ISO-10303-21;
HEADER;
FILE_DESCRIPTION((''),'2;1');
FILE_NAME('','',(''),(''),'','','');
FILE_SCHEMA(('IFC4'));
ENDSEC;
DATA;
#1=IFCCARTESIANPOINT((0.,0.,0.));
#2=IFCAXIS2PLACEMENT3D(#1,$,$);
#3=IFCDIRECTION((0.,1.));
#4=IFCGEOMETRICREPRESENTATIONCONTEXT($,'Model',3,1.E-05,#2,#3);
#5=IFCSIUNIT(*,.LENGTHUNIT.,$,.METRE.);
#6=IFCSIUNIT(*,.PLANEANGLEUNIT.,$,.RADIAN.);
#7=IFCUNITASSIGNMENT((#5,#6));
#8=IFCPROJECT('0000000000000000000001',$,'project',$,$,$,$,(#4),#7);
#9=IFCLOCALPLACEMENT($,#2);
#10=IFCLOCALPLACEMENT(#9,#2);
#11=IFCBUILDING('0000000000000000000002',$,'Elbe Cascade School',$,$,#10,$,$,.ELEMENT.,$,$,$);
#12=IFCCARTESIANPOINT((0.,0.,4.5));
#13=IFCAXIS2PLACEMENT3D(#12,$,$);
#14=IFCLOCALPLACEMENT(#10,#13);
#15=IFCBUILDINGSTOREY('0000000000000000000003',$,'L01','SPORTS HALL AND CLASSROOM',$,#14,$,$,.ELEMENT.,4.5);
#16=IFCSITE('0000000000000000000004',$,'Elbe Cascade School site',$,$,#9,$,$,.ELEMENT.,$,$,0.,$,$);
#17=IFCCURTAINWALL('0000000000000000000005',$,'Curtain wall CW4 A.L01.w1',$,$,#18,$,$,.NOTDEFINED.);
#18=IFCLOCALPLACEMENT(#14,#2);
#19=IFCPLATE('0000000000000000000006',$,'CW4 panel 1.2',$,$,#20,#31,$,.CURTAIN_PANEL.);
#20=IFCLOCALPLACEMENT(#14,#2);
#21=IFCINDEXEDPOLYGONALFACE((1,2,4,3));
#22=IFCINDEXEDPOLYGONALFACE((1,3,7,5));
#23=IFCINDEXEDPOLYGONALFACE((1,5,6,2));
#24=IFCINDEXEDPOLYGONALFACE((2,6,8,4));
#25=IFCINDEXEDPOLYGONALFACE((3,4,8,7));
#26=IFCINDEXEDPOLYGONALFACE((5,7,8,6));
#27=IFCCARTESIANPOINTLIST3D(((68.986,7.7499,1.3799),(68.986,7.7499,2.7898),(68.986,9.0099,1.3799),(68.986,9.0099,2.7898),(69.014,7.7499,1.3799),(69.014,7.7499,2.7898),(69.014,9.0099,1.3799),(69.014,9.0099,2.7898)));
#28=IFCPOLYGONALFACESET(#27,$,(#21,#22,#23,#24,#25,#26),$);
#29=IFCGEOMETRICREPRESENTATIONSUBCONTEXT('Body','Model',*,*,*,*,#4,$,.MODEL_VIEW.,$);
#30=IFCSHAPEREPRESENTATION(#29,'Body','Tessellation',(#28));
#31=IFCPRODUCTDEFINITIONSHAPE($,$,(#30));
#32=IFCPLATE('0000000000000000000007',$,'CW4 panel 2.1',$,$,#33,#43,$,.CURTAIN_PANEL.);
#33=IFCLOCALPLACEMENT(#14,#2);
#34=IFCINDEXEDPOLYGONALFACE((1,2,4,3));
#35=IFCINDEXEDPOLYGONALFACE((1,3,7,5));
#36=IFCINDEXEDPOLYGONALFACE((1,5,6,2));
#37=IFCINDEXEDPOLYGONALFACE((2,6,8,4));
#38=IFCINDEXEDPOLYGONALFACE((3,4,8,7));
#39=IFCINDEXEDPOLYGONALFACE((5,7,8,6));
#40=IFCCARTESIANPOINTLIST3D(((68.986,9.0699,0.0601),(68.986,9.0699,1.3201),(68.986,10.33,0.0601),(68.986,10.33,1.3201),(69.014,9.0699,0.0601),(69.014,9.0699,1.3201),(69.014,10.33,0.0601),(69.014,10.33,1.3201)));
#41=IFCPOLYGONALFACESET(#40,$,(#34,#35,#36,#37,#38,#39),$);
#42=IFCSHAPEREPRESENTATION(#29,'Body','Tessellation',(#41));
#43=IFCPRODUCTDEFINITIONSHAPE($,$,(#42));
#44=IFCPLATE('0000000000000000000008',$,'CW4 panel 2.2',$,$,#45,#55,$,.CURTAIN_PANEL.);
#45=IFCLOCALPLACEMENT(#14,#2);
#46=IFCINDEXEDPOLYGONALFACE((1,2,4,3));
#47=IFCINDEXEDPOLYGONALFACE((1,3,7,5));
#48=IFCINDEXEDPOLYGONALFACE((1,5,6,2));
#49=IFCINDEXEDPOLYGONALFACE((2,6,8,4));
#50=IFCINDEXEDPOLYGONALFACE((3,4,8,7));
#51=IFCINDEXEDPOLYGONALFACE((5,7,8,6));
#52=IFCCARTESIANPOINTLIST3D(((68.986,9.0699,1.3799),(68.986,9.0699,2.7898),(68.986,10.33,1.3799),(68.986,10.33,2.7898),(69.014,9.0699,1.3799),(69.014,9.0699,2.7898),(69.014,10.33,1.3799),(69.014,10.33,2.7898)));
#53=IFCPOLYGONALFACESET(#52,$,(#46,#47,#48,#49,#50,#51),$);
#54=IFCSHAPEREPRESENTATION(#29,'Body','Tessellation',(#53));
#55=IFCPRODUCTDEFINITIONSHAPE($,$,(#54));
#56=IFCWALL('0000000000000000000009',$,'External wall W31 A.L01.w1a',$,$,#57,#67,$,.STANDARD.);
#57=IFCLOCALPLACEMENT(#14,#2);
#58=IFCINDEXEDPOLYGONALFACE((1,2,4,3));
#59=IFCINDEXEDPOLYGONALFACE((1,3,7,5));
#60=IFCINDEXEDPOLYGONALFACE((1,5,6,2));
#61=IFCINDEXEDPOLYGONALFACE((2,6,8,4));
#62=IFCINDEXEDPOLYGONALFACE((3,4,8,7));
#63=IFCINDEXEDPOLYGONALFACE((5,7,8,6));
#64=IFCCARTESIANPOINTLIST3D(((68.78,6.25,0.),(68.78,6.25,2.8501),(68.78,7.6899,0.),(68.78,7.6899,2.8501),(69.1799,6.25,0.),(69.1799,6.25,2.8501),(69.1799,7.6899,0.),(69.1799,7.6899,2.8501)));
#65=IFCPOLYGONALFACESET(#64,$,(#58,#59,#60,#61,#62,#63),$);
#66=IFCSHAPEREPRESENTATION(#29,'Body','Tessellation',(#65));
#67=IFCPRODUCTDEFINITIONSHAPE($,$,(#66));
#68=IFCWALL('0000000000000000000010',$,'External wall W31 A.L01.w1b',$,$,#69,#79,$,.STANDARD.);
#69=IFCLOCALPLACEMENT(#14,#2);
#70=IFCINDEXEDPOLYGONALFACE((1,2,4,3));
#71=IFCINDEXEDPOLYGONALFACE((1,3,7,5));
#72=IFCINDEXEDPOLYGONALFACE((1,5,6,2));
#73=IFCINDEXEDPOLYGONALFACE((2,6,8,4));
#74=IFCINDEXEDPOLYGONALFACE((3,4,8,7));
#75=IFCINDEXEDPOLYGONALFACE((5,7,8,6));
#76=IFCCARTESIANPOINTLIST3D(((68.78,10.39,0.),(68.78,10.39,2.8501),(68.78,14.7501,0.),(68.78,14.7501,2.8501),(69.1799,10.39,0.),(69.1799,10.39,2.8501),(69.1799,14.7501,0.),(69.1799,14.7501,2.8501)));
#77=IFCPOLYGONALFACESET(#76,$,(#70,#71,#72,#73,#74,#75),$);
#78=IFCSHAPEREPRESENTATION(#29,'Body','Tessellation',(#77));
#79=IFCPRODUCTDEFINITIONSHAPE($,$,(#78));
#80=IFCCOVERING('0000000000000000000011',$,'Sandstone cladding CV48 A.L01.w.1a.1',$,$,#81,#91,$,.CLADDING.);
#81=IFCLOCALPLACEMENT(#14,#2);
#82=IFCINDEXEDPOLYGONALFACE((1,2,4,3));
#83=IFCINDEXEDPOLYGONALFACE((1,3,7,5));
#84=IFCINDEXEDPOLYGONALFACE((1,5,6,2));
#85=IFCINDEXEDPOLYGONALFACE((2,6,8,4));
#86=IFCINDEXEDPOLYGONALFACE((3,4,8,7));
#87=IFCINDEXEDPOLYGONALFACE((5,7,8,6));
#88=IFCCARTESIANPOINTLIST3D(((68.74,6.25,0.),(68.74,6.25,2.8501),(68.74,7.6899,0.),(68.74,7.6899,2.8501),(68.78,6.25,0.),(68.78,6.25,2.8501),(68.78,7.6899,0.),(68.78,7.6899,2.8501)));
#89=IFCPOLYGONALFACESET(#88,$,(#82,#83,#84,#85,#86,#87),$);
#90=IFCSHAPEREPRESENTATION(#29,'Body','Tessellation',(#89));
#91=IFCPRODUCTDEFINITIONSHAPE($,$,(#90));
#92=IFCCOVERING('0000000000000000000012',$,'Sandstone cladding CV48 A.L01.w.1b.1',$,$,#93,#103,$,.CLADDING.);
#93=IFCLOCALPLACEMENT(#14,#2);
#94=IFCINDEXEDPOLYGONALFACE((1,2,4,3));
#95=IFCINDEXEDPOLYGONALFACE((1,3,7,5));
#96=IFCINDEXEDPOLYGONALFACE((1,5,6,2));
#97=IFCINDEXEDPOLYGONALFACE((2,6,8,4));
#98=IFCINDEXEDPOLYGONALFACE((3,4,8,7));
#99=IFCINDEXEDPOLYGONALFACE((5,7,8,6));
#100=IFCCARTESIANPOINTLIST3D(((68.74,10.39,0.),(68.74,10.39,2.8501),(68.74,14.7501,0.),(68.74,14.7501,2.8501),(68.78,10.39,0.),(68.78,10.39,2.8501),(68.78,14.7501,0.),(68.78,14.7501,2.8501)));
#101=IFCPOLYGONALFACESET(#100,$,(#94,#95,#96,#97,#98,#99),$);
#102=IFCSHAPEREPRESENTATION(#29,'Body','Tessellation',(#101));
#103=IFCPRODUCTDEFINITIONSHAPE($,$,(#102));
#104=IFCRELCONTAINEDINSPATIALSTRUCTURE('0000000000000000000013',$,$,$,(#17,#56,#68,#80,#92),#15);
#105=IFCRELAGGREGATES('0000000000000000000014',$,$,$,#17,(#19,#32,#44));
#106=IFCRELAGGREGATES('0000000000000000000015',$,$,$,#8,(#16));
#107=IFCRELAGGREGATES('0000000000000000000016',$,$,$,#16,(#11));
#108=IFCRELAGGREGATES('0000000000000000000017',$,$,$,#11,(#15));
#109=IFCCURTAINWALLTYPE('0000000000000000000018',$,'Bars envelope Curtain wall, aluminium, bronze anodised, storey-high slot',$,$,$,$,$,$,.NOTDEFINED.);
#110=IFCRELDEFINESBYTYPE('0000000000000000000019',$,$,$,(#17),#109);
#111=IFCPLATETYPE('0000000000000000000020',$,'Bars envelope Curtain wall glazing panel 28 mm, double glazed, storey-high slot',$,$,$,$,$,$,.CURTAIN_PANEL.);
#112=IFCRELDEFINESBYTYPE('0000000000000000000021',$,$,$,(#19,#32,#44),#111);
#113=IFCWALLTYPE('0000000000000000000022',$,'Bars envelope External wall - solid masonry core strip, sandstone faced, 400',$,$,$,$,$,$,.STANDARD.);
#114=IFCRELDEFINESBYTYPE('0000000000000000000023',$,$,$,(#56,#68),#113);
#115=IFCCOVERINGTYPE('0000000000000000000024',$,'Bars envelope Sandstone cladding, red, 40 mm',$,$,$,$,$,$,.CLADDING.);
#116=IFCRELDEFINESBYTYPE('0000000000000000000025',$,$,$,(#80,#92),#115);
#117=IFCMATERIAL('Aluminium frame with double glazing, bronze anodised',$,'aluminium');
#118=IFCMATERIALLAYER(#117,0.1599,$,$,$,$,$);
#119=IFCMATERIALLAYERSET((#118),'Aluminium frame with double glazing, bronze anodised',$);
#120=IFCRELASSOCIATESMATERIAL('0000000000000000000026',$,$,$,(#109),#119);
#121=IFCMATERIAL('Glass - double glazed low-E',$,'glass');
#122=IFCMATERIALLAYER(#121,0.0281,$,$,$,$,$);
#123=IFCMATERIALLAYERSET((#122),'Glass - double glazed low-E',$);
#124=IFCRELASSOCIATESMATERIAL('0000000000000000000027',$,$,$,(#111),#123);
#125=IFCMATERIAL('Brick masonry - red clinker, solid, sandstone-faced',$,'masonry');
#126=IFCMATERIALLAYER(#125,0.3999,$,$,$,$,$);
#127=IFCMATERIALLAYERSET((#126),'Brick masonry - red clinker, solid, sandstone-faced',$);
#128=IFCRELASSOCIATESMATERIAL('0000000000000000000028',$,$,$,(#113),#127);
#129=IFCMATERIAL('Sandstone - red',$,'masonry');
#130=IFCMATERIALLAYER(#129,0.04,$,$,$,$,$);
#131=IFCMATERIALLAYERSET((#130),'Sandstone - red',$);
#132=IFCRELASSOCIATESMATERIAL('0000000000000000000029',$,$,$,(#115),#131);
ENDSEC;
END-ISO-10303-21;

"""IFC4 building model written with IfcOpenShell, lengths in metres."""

from ifc_helpers import new_model, si_unit, direction, frame, frame_2d, origin, origin_2d, place, context, subcontext, project, spatial, rectangle, extrude, material, layer, layer_set, type_object, element, aggregate, save


model = new_model("IFC4")

# Units and contexts
model_context = context("Model", 3, precision=1e-05, world=origin(), true_north=direction((0.0, 1.0)))
body_context = subcontext(model_context, "Body", "Model", "MODEL_VIEW")
ifc_project = project(units=[si_unit("LENGTHUNIT", "METRE"), si_unit("PLANEANGLEUNIT", "RADIAN")], contexts=[model_context])

# Site, building, storey
site_placement = place(None, origin())
site = spatial("IfcSite", under=ifc_project, at=site_placement, Name="Elbe Cascade School site", CompositionType="ELEMENT", RefElevation=0.0)
building_placement = place(site_placement, origin())
building = spatial("IfcBuilding", under=site, at=building_placement, Name="Elbe Cascade School", CompositionType="ELEMENT")
storey_placement = place(building_placement, frame((0.0, 0.0, 4.5)))
storey = spatial("IfcBuildingStorey", under=building, at=storey_placement, Name="L01", Description="SPORTS HALL AND CLASSROOM", CompositionType="ELEMENT", Elevation=4.5)

# Curtain wall
ifc_material_1 = material(Name="Aluminium frame with double glazing, bronze anodised", Category="aluminium")
ifc_layer_1 = layer(ifc_material_1, 0.1599)
ifc_layer_set_1 = layer_set([ifc_layer_1], Name="Aluminium frame with double glazing, bronze anodised")
curtain_wall_type = type_object("IfcCurtainWallType", Name="Bars envelope Curtain wall, aluminium, bronze anodised, storey-high slot", PredefinedType="NOTDEFINED", material=ifc_layer_set_1)
curtain_wall_placement = place(storey_placement, origin())
curtain_wall = element("IfcCurtainWall", 1, at=curtain_wall_placement, inside=storey, type_object=curtain_wall_type, Name="Curtain wall CW4 A.L01.w1", PredefinedType="NOTDEFINED")

# Plates
ifc_material_2 = material(Name="Glass - double glazed low-E", Category="glass")
ifc_layer_2 = layer(ifc_material_2, 0.0281)
ifc_layer_set_2 = layer_set([ifc_layer_2], Name="Glass - double glazed low-E")
plate_type = type_object("IfcPlateType", Name="Bars envelope Curtain wall glazing panel 28 mm, double glazed, storey-high slot", PredefinedType="CURTAIN_PANEL", material=ifc_layer_set_2)
plate_1_placement = place(storey_placement, frame((69.0, 8.3799, 1.3799), z_axis=(0.0, 0.0, 1.0), x_axis=(0.0, 1.0, 0.0)))
plate_1 = element("IfcPlate", 2, at=plate_1_placement, type_object=plate_type, Name="CW4 panel 1.2", PredefinedType="CURTAIN_PANEL", context=body_context, shape_type="SweptSolid", body=[
    extrude(rectangle(XDim=1.26, YDim=0.0281, at=origin_2d()), origin(), (0.0, 0.0, 1.0), 1.4099),
])
plate_2_placement = place(storey_placement, frame((69.0, 9.7, 0.0601), z_axis=(0.0, 0.0, 1.0), x_axis=(0.0, 1.0, 0.0)))
plate_2 = element("IfcPlate", 3, at=plate_2_placement, type_object=plate_type, Name="CW4 panel 2.1", PredefinedType="CURTAIN_PANEL", context=body_context, shape_type="SweptSolid", body=[
    extrude(rectangle(XDim=1.26, YDim=0.0281, at=origin_2d()), origin(), (0.0, 0.0, 1.0), 1.26),
])
plate_3_placement = place(storey_placement, frame((69.0, 9.7, 1.3799), z_axis=(0.0, 0.0, 1.0), x_axis=(0.0, 1.0, 0.0)))
plate_3 = element("IfcPlate", 4, at=plate_3_placement, type_object=plate_type, Name="CW4 panel 2.2", PredefinedType="CURTAIN_PANEL", context=body_context, shape_type="SweptSolid", body=[
    extrude(rectangle(XDim=1.26, YDim=0.0281, at=origin_2d()), origin(), (0.0, 0.0, 1.0), 1.4099),
])
aggregate(curtain_wall, [plate_1, plate_2, plate_3])

# Walls
ifc_material_3 = material(Name="Brick masonry - red clinker, solid, sandstone-faced", Category="masonry")
ifc_layer_3 = layer(ifc_material_3, 0.3999)
ifc_layer_set_3 = layer_set([ifc_layer_3], Name="Brick masonry - red clinker, solid, sandstone-faced")
wall_type = type_object("IfcWallType", Name="Bars envelope External wall - solid masonry core strip, sandstone faced, 400", PredefinedType="STANDARD", material=ifc_layer_set_3)
wall_1_placement = place(storey_placement, frame((68.98, 6.25, 0.0), z_axis=(0.0, 0.0, 1.0), x_axis=(0.0, 1.0, 0.0)))
element("IfcWall", 5, at=wall_1_placement, inside=storey, type_object=wall_type, Name="External wall W31 A.L01.w1a", PredefinedType="STANDARD", context=body_context, shape_type="SweptSolid", body=[
    extrude(rectangle(XDim=1.4399, YDim=0.3999, at=frame_2d((0.72, 0.0))), origin(), (0.0, 0.0, 1.0), 2.8501),
])
wall_2_placement = place(storey_placement, frame((68.98, 10.3899, 0.0), z_axis=(0.0, 0.0, 1.0), x_axis=(0.0, 1.0, 0.0)))
element("IfcWall", 6, at=wall_2_placement, inside=storey, type_object=wall_type, Name="External wall W31 A.L01.w1b", PredefinedType="STANDARD", context=body_context, shape_type="SweptSolid", body=[
    extrude(rectangle(XDim=4.3601, YDim=0.3999, at=frame_2d((2.1802, 0.0))), origin(), (0.0, 0.0, 1.0), 2.8501),
])

# Coverings
ifc_material_4 = material(Name="Sandstone - red", Category="masonry")
ifc_layer_4 = layer(ifc_material_4, 0.04)
ifc_layer_set_4 = layer_set([ifc_layer_4], Name="Sandstone - red")
covering_type = type_object("IfcCoveringType", Name="Bars envelope Sandstone cladding, red, 40 mm", PredefinedType="CLADDING", material=ifc_layer_set_4)
covering_1_placement = place(storey_placement, frame((68.76, 6.97, 0.0), z_axis=(0.0, 0.0, 1.0), x_axis=(0.0, 1.0, 0.0)))
element("IfcCovering", 7, at=covering_1_placement, inside=storey, type_object=covering_type, Name="Sandstone cladding CV48 A.L01.w.1a.1", PredefinedType="CLADDING", context=body_context, shape_type="SweptSolid", body=[
    extrude(rectangle(XDim=1.4399, YDim=0.04, at=origin_2d()), origin(), (0.0, 0.0, 1.0), 2.8501),
])
covering_2_placement = place(storey_placement, frame((68.76, 12.5701, 0.0), z_axis=(0.0, 0.0, 1.0), x_axis=(0.0, 1.0, 0.0)))
element("IfcCovering", 8, at=covering_2_placement, inside=storey, type_object=covering_type, Name="Sandstone cladding CV48 A.L01.w.1b.1", PredefinedType="CLADDING", context=body_context, shape_type="SweptSolid", body=[
    extrude(rectangle(XDim=4.3601, YDim=0.04, at=origin_2d()), origin(), (0.0, 0.0, 1.0), 2.8501),
])

save(model, "model.ifc")
